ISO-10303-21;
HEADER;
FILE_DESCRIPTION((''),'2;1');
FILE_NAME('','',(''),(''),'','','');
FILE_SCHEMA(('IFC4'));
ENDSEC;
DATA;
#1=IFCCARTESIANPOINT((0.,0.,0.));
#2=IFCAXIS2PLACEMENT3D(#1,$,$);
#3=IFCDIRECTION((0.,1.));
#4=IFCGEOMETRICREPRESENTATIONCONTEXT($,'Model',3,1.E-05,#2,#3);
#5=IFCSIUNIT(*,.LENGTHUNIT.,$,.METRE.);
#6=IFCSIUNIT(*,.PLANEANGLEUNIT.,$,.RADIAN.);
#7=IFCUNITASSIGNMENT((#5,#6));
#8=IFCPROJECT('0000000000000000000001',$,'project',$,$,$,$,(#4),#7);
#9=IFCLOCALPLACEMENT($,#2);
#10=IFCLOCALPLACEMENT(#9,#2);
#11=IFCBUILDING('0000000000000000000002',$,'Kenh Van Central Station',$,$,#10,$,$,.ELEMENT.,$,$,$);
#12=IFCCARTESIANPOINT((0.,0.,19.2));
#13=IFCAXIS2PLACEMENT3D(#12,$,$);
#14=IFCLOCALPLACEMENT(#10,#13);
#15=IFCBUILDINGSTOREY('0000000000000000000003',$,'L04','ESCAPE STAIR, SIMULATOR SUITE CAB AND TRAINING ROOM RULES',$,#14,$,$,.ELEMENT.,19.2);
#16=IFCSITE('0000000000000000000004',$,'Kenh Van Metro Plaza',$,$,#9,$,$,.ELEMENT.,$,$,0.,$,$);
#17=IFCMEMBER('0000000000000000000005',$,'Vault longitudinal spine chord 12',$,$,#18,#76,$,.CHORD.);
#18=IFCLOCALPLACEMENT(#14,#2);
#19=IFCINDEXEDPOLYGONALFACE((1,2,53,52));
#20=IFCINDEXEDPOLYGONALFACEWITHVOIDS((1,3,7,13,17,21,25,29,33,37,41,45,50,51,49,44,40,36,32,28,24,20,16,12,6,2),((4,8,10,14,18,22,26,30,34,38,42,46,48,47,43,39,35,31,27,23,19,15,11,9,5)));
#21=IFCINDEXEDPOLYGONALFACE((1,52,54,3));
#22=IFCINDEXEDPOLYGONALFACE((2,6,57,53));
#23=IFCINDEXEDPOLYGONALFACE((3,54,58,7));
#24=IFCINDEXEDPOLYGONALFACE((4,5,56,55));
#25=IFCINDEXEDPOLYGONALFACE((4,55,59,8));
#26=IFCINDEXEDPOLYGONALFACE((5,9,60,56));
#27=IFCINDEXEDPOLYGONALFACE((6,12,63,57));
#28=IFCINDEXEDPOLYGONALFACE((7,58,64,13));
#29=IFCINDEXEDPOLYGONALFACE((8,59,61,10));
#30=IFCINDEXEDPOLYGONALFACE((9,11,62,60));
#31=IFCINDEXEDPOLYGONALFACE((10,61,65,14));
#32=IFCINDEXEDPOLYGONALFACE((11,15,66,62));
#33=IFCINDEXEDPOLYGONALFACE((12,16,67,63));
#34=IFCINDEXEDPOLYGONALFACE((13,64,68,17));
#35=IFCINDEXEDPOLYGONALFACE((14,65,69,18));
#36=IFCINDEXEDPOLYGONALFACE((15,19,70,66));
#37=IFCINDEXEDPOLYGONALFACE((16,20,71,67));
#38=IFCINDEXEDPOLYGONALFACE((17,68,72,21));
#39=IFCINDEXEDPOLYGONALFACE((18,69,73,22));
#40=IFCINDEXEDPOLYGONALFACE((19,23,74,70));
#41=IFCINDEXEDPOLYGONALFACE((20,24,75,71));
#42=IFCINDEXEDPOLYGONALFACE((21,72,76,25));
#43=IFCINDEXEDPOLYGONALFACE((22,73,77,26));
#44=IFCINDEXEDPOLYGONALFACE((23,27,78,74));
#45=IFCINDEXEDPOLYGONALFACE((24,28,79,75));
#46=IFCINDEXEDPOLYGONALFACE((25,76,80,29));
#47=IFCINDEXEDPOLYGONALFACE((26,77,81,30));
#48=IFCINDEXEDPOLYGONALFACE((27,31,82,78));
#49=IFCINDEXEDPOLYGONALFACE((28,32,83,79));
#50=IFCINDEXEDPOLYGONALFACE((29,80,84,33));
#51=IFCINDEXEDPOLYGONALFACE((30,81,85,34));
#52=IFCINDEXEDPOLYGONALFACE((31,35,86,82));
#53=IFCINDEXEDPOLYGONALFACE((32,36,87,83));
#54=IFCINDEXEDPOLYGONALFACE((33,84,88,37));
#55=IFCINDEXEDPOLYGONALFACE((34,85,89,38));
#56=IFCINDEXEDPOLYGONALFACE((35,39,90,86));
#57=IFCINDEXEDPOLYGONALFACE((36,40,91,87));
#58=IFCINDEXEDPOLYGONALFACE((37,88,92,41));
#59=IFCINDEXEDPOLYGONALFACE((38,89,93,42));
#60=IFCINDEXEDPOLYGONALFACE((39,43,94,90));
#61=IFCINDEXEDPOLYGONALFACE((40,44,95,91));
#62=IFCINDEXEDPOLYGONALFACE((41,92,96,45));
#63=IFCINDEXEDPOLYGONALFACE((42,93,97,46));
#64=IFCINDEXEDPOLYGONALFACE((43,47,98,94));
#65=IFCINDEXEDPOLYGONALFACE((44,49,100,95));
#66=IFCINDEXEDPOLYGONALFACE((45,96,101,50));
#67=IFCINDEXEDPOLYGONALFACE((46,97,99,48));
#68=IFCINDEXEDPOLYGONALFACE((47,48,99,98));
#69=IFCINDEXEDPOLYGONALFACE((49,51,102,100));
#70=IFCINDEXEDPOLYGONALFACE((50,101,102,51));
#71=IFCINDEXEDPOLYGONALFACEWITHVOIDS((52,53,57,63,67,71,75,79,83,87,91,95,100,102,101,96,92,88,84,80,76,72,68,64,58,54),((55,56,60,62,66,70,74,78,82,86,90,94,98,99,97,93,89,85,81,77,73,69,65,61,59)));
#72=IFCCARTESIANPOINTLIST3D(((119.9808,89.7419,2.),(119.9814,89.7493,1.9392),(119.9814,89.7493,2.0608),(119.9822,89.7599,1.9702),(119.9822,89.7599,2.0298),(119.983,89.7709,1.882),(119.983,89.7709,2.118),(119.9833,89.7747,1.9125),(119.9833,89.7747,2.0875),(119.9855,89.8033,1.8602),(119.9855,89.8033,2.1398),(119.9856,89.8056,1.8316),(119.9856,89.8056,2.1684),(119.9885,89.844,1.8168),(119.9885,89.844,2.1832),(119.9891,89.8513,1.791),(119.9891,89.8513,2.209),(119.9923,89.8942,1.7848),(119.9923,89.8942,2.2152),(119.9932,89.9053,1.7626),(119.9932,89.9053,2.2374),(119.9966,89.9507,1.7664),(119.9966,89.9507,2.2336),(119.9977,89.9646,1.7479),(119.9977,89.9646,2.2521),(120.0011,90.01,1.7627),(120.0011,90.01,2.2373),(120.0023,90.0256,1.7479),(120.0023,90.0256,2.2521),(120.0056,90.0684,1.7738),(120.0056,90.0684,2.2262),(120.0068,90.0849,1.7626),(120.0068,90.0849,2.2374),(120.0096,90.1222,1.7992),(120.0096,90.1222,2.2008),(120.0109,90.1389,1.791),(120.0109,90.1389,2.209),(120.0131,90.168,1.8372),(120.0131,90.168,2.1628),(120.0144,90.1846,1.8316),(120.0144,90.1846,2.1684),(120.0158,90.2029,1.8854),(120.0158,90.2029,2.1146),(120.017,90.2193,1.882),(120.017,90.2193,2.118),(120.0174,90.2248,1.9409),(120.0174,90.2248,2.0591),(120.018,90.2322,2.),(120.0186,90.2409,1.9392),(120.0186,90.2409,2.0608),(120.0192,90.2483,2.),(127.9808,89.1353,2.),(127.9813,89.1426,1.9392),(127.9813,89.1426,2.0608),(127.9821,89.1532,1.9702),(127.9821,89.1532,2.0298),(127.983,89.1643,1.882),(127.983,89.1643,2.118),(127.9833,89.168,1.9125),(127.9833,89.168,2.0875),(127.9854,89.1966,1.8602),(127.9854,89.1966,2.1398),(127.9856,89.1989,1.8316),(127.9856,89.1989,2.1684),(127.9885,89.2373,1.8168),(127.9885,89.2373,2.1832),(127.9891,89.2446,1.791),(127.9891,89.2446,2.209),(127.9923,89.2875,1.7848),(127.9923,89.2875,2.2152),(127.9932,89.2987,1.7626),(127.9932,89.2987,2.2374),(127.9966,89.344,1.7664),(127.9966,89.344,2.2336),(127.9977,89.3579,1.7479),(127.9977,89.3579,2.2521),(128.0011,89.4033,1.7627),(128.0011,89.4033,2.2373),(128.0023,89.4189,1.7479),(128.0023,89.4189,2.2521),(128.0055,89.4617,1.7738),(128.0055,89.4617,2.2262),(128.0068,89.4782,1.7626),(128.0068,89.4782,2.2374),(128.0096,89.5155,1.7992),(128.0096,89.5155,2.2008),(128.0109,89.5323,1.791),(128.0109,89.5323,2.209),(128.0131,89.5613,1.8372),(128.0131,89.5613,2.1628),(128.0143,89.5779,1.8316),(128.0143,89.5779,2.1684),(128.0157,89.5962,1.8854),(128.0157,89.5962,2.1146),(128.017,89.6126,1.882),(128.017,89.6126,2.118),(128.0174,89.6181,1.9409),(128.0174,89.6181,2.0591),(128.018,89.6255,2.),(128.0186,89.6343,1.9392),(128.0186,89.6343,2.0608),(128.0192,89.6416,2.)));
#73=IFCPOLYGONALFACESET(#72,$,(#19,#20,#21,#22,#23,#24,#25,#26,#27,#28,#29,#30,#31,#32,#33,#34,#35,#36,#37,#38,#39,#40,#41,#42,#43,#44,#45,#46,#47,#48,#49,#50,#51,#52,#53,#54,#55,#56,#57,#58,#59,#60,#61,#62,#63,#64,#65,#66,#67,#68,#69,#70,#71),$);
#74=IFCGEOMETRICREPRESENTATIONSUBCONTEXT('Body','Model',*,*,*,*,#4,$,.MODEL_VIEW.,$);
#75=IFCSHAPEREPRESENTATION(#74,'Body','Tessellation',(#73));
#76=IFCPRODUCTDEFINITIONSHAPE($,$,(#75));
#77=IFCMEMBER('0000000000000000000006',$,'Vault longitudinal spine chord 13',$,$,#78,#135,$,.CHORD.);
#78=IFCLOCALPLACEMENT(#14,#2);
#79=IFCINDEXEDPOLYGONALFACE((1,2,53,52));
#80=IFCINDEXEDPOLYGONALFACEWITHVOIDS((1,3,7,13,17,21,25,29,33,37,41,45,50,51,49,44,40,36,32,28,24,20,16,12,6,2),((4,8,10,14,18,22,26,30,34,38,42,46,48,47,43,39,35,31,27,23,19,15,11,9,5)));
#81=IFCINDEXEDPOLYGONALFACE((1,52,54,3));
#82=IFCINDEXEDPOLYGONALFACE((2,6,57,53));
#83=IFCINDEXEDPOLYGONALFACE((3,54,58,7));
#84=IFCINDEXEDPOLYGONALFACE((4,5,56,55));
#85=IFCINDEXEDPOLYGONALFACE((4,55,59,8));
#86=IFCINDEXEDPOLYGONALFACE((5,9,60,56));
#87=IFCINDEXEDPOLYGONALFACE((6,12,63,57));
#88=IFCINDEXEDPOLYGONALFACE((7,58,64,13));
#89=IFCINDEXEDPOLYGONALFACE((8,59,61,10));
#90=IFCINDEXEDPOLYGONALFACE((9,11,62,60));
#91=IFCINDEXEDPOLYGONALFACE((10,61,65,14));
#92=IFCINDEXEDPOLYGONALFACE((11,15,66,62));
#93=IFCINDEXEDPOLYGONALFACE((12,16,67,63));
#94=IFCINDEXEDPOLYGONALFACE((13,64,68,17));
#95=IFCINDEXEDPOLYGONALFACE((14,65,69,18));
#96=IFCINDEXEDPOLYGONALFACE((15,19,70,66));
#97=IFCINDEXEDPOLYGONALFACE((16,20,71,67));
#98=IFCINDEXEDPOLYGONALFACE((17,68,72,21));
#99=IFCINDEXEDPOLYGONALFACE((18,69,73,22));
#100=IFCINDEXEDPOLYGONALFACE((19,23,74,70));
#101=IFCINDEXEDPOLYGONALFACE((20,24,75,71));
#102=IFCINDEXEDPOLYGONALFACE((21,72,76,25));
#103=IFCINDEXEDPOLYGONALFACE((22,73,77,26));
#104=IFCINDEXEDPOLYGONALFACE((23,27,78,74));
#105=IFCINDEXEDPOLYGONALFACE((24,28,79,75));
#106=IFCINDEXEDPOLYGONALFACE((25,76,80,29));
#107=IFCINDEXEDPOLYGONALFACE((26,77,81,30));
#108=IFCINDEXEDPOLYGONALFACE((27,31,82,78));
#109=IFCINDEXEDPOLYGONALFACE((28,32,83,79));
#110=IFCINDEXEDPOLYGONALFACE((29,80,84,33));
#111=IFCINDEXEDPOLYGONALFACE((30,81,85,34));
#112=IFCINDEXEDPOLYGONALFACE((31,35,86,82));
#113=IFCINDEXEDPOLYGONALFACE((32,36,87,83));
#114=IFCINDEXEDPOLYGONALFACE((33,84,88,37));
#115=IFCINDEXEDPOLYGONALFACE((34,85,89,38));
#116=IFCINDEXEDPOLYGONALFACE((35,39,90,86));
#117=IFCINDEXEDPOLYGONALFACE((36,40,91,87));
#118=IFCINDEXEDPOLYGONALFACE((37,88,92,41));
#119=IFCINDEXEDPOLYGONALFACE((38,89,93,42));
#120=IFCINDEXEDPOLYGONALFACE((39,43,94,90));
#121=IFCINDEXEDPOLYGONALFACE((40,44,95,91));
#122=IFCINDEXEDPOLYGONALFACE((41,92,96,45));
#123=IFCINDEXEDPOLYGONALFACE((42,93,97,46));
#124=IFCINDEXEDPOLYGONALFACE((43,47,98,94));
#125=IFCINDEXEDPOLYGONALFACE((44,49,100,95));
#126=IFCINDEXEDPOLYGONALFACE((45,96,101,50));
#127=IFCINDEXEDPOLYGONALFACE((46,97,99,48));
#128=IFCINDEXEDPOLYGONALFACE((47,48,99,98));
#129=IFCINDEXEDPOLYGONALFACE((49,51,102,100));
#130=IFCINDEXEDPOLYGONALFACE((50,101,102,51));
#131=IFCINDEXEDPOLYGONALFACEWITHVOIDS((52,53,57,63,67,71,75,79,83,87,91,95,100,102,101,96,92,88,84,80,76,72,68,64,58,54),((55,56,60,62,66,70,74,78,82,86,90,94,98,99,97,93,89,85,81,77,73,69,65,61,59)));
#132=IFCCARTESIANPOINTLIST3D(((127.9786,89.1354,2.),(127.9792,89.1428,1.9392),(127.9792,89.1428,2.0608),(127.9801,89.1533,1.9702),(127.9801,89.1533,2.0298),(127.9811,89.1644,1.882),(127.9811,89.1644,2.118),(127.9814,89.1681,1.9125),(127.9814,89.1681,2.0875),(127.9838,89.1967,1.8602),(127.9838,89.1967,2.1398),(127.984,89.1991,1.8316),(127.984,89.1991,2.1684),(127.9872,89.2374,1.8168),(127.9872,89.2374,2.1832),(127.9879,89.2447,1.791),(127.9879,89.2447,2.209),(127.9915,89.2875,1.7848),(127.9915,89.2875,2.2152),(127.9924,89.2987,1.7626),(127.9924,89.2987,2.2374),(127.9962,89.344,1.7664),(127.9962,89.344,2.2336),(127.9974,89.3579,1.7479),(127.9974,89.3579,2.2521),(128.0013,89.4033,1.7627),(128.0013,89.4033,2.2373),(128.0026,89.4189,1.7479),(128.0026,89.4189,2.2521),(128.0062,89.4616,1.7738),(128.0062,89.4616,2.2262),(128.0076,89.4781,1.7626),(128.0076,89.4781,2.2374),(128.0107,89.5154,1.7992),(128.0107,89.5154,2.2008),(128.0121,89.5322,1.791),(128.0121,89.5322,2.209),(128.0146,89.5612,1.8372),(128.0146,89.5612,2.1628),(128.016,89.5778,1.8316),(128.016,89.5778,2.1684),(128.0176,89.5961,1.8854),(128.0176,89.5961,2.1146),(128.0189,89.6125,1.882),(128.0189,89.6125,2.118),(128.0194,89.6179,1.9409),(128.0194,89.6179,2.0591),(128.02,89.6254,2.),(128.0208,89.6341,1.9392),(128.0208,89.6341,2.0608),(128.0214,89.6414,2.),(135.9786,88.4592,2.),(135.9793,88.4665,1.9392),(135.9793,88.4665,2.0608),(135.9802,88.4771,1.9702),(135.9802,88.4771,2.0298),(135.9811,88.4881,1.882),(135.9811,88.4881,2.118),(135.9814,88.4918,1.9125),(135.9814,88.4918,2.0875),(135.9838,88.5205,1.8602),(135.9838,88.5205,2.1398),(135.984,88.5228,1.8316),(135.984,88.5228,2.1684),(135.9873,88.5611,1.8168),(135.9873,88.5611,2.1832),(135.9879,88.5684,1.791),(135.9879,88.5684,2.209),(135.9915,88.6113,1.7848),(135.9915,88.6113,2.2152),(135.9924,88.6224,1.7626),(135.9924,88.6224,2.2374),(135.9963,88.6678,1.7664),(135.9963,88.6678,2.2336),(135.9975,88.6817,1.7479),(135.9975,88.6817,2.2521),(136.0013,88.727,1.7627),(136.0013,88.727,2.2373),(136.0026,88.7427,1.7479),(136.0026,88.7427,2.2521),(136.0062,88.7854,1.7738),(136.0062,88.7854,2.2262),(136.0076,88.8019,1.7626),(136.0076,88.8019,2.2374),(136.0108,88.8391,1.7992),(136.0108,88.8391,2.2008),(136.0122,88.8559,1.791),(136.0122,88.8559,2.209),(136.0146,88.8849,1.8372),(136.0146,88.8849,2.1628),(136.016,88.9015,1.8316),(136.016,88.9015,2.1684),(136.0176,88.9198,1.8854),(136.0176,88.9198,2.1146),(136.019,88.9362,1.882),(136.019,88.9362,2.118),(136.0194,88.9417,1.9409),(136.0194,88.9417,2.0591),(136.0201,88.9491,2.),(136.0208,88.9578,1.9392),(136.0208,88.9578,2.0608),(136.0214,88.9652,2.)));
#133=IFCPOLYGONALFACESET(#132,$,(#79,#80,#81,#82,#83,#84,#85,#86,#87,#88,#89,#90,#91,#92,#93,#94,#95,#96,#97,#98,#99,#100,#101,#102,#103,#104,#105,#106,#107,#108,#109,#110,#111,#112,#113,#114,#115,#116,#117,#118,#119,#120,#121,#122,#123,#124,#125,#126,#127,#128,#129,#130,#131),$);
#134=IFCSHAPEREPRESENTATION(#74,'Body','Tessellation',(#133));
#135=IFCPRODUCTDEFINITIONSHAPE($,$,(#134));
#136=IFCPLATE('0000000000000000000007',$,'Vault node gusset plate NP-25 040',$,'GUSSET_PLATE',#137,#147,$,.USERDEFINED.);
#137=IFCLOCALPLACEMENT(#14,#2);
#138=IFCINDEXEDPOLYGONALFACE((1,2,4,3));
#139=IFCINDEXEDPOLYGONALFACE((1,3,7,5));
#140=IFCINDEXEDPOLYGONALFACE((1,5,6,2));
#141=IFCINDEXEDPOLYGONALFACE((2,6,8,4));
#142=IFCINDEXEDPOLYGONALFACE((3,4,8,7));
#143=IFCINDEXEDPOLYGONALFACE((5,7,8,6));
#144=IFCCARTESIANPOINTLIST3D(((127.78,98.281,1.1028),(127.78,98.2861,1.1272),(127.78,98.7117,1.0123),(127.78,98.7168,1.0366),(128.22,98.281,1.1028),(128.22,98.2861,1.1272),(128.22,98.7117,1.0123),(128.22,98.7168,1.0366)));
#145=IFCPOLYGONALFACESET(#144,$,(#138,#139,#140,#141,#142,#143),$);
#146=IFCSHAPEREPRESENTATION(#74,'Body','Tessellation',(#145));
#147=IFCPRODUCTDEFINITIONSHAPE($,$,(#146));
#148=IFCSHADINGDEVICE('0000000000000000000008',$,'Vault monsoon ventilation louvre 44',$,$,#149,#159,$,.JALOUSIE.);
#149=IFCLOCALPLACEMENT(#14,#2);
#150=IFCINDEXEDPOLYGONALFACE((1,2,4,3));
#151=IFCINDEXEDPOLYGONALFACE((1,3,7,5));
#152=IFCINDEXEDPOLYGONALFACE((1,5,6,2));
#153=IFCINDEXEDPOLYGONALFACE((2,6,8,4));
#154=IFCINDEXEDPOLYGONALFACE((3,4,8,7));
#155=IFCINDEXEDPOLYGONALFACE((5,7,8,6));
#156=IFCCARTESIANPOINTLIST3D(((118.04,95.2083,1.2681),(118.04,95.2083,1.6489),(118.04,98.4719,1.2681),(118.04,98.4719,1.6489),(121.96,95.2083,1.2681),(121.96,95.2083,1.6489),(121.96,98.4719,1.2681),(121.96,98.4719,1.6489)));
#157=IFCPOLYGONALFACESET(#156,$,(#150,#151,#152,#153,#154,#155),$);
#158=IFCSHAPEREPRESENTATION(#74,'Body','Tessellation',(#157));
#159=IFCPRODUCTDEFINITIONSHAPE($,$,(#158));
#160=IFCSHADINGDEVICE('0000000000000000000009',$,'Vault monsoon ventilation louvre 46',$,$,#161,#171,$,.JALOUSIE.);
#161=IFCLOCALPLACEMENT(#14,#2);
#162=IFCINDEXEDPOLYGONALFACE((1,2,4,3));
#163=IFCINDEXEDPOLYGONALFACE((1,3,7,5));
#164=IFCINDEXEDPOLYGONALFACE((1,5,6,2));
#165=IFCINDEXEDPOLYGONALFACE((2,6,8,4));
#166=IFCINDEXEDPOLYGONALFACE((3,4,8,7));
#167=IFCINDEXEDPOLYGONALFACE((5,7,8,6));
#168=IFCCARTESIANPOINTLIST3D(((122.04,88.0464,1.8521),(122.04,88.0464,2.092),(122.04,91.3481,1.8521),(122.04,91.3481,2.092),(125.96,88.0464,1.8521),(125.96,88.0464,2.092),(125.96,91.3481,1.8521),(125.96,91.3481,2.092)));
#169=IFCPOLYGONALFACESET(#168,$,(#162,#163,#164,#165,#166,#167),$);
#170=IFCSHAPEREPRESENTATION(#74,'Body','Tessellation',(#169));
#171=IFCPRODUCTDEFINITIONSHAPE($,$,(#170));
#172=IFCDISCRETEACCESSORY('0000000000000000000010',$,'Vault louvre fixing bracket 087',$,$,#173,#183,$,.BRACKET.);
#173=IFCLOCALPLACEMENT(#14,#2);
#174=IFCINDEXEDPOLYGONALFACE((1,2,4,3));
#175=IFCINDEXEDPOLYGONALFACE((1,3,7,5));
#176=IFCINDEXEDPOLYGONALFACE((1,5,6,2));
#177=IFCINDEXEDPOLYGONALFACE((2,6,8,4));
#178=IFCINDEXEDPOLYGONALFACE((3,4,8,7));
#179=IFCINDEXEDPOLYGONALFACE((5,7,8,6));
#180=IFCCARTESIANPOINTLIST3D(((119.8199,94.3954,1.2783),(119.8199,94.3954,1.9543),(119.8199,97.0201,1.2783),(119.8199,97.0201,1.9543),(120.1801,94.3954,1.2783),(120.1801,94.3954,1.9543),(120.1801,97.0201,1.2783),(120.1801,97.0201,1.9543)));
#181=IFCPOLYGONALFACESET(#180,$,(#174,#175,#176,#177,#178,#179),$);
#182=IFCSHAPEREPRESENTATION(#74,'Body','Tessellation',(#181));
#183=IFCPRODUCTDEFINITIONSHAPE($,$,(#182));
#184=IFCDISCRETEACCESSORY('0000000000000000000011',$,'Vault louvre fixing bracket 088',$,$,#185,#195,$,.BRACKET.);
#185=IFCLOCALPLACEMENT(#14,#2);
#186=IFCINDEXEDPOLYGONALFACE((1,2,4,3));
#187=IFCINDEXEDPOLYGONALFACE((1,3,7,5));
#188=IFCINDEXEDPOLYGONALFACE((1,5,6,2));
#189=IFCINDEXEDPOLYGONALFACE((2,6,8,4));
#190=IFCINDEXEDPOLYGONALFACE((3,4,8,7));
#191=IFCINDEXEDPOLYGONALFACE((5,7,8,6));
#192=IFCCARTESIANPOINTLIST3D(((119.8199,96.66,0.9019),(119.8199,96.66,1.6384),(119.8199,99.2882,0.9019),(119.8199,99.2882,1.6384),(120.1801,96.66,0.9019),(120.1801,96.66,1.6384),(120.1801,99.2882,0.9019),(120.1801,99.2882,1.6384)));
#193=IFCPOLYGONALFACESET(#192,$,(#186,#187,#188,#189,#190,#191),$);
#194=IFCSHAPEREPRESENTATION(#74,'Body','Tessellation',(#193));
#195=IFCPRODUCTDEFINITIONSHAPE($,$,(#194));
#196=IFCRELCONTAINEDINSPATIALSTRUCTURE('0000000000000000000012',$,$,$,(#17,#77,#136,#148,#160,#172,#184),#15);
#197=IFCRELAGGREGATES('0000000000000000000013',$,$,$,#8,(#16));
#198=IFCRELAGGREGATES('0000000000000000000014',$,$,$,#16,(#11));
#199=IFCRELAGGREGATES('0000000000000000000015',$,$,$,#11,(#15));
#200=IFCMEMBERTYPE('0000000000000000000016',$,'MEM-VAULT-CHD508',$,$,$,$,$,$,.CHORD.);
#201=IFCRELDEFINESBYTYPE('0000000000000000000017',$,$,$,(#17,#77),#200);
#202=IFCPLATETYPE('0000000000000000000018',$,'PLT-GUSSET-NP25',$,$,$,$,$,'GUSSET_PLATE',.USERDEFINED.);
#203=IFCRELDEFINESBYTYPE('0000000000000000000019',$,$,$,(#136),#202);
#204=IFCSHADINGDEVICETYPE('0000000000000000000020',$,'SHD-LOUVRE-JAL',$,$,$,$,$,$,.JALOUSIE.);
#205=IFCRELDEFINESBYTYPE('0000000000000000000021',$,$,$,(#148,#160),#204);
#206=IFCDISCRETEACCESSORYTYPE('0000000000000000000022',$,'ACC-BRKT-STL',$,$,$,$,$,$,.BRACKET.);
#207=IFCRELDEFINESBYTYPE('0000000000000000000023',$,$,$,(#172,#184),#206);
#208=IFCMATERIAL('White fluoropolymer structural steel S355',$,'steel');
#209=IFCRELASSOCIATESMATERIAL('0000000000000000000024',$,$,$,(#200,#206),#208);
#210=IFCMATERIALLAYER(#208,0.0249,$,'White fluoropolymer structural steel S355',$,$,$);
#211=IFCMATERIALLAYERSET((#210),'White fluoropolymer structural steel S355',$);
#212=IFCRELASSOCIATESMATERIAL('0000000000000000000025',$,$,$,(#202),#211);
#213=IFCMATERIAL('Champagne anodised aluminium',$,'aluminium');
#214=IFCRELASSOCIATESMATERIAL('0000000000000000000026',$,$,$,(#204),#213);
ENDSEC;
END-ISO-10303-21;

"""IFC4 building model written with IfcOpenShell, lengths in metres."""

from ifc_helpers import new_model, si_unit, direction, frame, origin, origin_2d, place, context, subcontext, project, spatial, polyline, rectangle, hollow_circle, outline, extrude, material, layer, layer_set, material_profile, profile_set, type_object, element, save


model = new_model("IFC4")

# Units and contexts
model_context = context("Model", 3, precision=1e-05, world=origin(), true_north=direction((0.0, 1.0)))
body_context = subcontext(model_context, "Body", "Model", "MODEL_VIEW")
ifc_project = project(units=[si_unit("LENGTHUNIT", "METRE"), si_unit("PLANEANGLEUNIT", "RADIAN")], contexts=[model_context])

# Site, building, storey
site_placement = place(None, origin())
site = spatial("IfcSite", under=ifc_project, at=site_placement, Name="Kenh Van Metro Plaza", CompositionType="ELEMENT", RefElevation=0.0)
building_placement = place(site_placement, origin())
building = spatial("IfcBuilding", under=site, at=building_placement, Name="Kenh Van Central Station", CompositionType="ELEMENT")
storey_placement = place(building_placement, frame((0.0, 0.0, 19.2)))
storey = spatial("IfcBuildingStorey", under=building, at=storey_placement, Name="L04", Description="ESCAPE STAIR, SIMULATOR SUITE CAB AND TRAINING ROOM RULES", CompositionType="ELEMENT", Elevation=19.2)

# Shared definitions
ifc_material_1 = material(Name="White fluoropolymer structural steel S355", Category="steel")

# Members
ifc_material_profile_1 = material_profile(ifc_material_1, hollow_circle(Radius=0.2539, WallThickness=0.0161, at=origin_2d()), Name="CHS 508x16")
ifc_profile_set_1 = profile_set([ifc_material_profile_1], Name="White fluoropolymer structural steel S355")
member_type_1 = type_object("IfcMemberType", Name="MEM-VAULT-CHD508", PredefinedType="CHORD", material=ifc_profile_set_1)
member_1_placement = place(storey_placement, frame((120.0, 89.9951, 2.0), z_axis=(0.997137, -0.075619, 0.0), x_axis=(0.075619, 0.997137, 0.0)))
element("IfcMember", 1, at=member_1_placement, inside=storey, type_object=member_type_1, Name="Vault longitudinal spine chord 12", PredefinedType="CHORD", context=body_context, shape_type="SweptSolid", body=[
    extrude(hollow_circle(Radius=0.2539, WallThickness=0.0161, at=origin_2d()), origin(), (0.0, 0.0, 1.0), 8.0229),
])
member_2_placement = place(storey_placement, frame((128.0, 89.3884, 2.0), z_axis=(0.996446, -0.084233, 0.0), x_axis=(0.084233, 0.996446, 0.0)))
element("IfcMember", 2, at=member_2_placement, inside=storey, type_object=member_type_1, Name="Vault longitudinal spine chord 13", PredefinedType="CHORD", context=body_context, shape_type="SweptSolid", body=[
    extrude(hollow_circle(Radius=0.2539, WallThickness=0.0161, at=origin_2d()), origin(), (0.0, 0.0, 1.0), 8.0286),
])

# Plate
ifc_layer_1 = layer(ifc_material_1, 0.0249, Name="White fluoropolymer structural steel S355")
ifc_layer_set_1 = layer_set([ifc_layer_1], Name="White fluoropolymer structural steel S355")
plate_type_1 = type_object("IfcPlateType", Name="PLT-GUSSET-NP25", ElementType="GUSSET_PLATE", PredefinedType="USERDEFINED", material=ifc_layer_set_1)
plate_1_placement = place(storey_placement, frame((127.78, 98.2861, 1.1272), z_axis=(0.0, 0.205815, 0.978591), x_axis=(1.0, 0.0, 0.0)))
element("IfcPlate", 3, at=plate_1_placement, inside=storey, type_object=plate_type_1, Name="Vault node gusset plate NP-25 040", ObjectType="GUSSET_PLATE", PredefinedType="USERDEFINED", context=body_context, shape_type="SweptSolid", body=[
    extrude(outline(polyline([(0.0, 0.0), (0.4399, 0.0), (0.4399, 0.4401), (0.0, 0.4401), (0.0, 0.0)])), origin(), (0.0, 0.0, -1.0), 0.0249),
])

# Shading devices
ifc_material_2 = material(Name="Champagne anodised aluminium", Category="aluminium")
shading_device_type = type_object("IfcShadingDeviceType", Name="SHD-LOUVRE-JAL", PredefinedType="JALOUSIE", material=ifc_material_2)
shading_device_1_placement = place(storey_placement, frame((120.0, 96.8401, 1.2681), z_axis=(0.0, 0.0, 1.0), x_axis=(1.0, 0.0, 0.0)))
element("IfcShadingDevice", 4, at=shading_device_1_placement, inside=storey, type_object=shading_device_type, Name="Vault monsoon ventilation louvre 44", PredefinedType="JALOUSIE", context=body_context, shape_type="SweptSolid", body=[
    extrude(rectangle(XDim=3.9199, YDim=3.2637, at=origin_2d()), origin(), (0.0, 0.0, 1.0), 0.3809),
])
shading_device_2_placement = place(storey_placement, frame((124.0, 89.6973, 1.8521), z_axis=(0.0, 0.0, 1.0), x_axis=(1.0, 0.0, 0.0)))
element("IfcShadingDevice", 5, at=shading_device_2_placement, inside=storey, type_object=shading_device_type, Name="Vault monsoon ventilation louvre 46", PredefinedType="JALOUSIE", context=body_context, shape_type="SweptSolid", body=[
    extrude(rectangle(XDim=3.9199, YDim=3.3018, at=origin_2d()), origin(), (0.0, 0.0, 1.0), 0.24),
])

# Discrete accessories
discrete_accessory_type_1 = type_object("IfcDiscreteAccessoryType", Name="ACC-BRKT-STL", PredefinedType="BRACKET", material=ifc_material_1)
discrete_accessory_1_placement = place(storey_placement, frame((120.0, 95.7078, 1.2783), z_axis=(0.0, 0.0, 1.0), x_axis=(1.0, 0.0, 0.0)))
element("IfcDiscreteAccessory", 6, at=discrete_accessory_1_placement, inside=storey, type_object=discrete_accessory_type_1, Name="Vault louvre fixing bracket 087", PredefinedType="BRACKET", context=body_context, shape_type="SweptSolid", body=[
    extrude(rectangle(XDim=0.3601, YDim=2.6248, at=origin_2d()), origin(), (0.0, 0.0, 1.0), 0.676),
])
discrete_accessory_2_placement = place(storey_placement, frame((120.0, 97.9741, 0.9019), z_axis=(0.0, 0.0, 1.0), x_axis=(1.0, 0.0, 0.0)))
element("IfcDiscreteAccessory", 7, at=discrete_accessory_2_placement, inside=storey, type_object=discrete_accessory_type_1, Name="Vault louvre fixing bracket 088", PredefinedType="BRACKET", context=body_context, shape_type="SweptSolid", body=[
    extrude(rectangle(XDim=0.3601, YDim=2.6282, at=origin_2d()), origin(), (0.0, 0.0, 1.0), 0.7366),
])

save(model, "model.ifc")
